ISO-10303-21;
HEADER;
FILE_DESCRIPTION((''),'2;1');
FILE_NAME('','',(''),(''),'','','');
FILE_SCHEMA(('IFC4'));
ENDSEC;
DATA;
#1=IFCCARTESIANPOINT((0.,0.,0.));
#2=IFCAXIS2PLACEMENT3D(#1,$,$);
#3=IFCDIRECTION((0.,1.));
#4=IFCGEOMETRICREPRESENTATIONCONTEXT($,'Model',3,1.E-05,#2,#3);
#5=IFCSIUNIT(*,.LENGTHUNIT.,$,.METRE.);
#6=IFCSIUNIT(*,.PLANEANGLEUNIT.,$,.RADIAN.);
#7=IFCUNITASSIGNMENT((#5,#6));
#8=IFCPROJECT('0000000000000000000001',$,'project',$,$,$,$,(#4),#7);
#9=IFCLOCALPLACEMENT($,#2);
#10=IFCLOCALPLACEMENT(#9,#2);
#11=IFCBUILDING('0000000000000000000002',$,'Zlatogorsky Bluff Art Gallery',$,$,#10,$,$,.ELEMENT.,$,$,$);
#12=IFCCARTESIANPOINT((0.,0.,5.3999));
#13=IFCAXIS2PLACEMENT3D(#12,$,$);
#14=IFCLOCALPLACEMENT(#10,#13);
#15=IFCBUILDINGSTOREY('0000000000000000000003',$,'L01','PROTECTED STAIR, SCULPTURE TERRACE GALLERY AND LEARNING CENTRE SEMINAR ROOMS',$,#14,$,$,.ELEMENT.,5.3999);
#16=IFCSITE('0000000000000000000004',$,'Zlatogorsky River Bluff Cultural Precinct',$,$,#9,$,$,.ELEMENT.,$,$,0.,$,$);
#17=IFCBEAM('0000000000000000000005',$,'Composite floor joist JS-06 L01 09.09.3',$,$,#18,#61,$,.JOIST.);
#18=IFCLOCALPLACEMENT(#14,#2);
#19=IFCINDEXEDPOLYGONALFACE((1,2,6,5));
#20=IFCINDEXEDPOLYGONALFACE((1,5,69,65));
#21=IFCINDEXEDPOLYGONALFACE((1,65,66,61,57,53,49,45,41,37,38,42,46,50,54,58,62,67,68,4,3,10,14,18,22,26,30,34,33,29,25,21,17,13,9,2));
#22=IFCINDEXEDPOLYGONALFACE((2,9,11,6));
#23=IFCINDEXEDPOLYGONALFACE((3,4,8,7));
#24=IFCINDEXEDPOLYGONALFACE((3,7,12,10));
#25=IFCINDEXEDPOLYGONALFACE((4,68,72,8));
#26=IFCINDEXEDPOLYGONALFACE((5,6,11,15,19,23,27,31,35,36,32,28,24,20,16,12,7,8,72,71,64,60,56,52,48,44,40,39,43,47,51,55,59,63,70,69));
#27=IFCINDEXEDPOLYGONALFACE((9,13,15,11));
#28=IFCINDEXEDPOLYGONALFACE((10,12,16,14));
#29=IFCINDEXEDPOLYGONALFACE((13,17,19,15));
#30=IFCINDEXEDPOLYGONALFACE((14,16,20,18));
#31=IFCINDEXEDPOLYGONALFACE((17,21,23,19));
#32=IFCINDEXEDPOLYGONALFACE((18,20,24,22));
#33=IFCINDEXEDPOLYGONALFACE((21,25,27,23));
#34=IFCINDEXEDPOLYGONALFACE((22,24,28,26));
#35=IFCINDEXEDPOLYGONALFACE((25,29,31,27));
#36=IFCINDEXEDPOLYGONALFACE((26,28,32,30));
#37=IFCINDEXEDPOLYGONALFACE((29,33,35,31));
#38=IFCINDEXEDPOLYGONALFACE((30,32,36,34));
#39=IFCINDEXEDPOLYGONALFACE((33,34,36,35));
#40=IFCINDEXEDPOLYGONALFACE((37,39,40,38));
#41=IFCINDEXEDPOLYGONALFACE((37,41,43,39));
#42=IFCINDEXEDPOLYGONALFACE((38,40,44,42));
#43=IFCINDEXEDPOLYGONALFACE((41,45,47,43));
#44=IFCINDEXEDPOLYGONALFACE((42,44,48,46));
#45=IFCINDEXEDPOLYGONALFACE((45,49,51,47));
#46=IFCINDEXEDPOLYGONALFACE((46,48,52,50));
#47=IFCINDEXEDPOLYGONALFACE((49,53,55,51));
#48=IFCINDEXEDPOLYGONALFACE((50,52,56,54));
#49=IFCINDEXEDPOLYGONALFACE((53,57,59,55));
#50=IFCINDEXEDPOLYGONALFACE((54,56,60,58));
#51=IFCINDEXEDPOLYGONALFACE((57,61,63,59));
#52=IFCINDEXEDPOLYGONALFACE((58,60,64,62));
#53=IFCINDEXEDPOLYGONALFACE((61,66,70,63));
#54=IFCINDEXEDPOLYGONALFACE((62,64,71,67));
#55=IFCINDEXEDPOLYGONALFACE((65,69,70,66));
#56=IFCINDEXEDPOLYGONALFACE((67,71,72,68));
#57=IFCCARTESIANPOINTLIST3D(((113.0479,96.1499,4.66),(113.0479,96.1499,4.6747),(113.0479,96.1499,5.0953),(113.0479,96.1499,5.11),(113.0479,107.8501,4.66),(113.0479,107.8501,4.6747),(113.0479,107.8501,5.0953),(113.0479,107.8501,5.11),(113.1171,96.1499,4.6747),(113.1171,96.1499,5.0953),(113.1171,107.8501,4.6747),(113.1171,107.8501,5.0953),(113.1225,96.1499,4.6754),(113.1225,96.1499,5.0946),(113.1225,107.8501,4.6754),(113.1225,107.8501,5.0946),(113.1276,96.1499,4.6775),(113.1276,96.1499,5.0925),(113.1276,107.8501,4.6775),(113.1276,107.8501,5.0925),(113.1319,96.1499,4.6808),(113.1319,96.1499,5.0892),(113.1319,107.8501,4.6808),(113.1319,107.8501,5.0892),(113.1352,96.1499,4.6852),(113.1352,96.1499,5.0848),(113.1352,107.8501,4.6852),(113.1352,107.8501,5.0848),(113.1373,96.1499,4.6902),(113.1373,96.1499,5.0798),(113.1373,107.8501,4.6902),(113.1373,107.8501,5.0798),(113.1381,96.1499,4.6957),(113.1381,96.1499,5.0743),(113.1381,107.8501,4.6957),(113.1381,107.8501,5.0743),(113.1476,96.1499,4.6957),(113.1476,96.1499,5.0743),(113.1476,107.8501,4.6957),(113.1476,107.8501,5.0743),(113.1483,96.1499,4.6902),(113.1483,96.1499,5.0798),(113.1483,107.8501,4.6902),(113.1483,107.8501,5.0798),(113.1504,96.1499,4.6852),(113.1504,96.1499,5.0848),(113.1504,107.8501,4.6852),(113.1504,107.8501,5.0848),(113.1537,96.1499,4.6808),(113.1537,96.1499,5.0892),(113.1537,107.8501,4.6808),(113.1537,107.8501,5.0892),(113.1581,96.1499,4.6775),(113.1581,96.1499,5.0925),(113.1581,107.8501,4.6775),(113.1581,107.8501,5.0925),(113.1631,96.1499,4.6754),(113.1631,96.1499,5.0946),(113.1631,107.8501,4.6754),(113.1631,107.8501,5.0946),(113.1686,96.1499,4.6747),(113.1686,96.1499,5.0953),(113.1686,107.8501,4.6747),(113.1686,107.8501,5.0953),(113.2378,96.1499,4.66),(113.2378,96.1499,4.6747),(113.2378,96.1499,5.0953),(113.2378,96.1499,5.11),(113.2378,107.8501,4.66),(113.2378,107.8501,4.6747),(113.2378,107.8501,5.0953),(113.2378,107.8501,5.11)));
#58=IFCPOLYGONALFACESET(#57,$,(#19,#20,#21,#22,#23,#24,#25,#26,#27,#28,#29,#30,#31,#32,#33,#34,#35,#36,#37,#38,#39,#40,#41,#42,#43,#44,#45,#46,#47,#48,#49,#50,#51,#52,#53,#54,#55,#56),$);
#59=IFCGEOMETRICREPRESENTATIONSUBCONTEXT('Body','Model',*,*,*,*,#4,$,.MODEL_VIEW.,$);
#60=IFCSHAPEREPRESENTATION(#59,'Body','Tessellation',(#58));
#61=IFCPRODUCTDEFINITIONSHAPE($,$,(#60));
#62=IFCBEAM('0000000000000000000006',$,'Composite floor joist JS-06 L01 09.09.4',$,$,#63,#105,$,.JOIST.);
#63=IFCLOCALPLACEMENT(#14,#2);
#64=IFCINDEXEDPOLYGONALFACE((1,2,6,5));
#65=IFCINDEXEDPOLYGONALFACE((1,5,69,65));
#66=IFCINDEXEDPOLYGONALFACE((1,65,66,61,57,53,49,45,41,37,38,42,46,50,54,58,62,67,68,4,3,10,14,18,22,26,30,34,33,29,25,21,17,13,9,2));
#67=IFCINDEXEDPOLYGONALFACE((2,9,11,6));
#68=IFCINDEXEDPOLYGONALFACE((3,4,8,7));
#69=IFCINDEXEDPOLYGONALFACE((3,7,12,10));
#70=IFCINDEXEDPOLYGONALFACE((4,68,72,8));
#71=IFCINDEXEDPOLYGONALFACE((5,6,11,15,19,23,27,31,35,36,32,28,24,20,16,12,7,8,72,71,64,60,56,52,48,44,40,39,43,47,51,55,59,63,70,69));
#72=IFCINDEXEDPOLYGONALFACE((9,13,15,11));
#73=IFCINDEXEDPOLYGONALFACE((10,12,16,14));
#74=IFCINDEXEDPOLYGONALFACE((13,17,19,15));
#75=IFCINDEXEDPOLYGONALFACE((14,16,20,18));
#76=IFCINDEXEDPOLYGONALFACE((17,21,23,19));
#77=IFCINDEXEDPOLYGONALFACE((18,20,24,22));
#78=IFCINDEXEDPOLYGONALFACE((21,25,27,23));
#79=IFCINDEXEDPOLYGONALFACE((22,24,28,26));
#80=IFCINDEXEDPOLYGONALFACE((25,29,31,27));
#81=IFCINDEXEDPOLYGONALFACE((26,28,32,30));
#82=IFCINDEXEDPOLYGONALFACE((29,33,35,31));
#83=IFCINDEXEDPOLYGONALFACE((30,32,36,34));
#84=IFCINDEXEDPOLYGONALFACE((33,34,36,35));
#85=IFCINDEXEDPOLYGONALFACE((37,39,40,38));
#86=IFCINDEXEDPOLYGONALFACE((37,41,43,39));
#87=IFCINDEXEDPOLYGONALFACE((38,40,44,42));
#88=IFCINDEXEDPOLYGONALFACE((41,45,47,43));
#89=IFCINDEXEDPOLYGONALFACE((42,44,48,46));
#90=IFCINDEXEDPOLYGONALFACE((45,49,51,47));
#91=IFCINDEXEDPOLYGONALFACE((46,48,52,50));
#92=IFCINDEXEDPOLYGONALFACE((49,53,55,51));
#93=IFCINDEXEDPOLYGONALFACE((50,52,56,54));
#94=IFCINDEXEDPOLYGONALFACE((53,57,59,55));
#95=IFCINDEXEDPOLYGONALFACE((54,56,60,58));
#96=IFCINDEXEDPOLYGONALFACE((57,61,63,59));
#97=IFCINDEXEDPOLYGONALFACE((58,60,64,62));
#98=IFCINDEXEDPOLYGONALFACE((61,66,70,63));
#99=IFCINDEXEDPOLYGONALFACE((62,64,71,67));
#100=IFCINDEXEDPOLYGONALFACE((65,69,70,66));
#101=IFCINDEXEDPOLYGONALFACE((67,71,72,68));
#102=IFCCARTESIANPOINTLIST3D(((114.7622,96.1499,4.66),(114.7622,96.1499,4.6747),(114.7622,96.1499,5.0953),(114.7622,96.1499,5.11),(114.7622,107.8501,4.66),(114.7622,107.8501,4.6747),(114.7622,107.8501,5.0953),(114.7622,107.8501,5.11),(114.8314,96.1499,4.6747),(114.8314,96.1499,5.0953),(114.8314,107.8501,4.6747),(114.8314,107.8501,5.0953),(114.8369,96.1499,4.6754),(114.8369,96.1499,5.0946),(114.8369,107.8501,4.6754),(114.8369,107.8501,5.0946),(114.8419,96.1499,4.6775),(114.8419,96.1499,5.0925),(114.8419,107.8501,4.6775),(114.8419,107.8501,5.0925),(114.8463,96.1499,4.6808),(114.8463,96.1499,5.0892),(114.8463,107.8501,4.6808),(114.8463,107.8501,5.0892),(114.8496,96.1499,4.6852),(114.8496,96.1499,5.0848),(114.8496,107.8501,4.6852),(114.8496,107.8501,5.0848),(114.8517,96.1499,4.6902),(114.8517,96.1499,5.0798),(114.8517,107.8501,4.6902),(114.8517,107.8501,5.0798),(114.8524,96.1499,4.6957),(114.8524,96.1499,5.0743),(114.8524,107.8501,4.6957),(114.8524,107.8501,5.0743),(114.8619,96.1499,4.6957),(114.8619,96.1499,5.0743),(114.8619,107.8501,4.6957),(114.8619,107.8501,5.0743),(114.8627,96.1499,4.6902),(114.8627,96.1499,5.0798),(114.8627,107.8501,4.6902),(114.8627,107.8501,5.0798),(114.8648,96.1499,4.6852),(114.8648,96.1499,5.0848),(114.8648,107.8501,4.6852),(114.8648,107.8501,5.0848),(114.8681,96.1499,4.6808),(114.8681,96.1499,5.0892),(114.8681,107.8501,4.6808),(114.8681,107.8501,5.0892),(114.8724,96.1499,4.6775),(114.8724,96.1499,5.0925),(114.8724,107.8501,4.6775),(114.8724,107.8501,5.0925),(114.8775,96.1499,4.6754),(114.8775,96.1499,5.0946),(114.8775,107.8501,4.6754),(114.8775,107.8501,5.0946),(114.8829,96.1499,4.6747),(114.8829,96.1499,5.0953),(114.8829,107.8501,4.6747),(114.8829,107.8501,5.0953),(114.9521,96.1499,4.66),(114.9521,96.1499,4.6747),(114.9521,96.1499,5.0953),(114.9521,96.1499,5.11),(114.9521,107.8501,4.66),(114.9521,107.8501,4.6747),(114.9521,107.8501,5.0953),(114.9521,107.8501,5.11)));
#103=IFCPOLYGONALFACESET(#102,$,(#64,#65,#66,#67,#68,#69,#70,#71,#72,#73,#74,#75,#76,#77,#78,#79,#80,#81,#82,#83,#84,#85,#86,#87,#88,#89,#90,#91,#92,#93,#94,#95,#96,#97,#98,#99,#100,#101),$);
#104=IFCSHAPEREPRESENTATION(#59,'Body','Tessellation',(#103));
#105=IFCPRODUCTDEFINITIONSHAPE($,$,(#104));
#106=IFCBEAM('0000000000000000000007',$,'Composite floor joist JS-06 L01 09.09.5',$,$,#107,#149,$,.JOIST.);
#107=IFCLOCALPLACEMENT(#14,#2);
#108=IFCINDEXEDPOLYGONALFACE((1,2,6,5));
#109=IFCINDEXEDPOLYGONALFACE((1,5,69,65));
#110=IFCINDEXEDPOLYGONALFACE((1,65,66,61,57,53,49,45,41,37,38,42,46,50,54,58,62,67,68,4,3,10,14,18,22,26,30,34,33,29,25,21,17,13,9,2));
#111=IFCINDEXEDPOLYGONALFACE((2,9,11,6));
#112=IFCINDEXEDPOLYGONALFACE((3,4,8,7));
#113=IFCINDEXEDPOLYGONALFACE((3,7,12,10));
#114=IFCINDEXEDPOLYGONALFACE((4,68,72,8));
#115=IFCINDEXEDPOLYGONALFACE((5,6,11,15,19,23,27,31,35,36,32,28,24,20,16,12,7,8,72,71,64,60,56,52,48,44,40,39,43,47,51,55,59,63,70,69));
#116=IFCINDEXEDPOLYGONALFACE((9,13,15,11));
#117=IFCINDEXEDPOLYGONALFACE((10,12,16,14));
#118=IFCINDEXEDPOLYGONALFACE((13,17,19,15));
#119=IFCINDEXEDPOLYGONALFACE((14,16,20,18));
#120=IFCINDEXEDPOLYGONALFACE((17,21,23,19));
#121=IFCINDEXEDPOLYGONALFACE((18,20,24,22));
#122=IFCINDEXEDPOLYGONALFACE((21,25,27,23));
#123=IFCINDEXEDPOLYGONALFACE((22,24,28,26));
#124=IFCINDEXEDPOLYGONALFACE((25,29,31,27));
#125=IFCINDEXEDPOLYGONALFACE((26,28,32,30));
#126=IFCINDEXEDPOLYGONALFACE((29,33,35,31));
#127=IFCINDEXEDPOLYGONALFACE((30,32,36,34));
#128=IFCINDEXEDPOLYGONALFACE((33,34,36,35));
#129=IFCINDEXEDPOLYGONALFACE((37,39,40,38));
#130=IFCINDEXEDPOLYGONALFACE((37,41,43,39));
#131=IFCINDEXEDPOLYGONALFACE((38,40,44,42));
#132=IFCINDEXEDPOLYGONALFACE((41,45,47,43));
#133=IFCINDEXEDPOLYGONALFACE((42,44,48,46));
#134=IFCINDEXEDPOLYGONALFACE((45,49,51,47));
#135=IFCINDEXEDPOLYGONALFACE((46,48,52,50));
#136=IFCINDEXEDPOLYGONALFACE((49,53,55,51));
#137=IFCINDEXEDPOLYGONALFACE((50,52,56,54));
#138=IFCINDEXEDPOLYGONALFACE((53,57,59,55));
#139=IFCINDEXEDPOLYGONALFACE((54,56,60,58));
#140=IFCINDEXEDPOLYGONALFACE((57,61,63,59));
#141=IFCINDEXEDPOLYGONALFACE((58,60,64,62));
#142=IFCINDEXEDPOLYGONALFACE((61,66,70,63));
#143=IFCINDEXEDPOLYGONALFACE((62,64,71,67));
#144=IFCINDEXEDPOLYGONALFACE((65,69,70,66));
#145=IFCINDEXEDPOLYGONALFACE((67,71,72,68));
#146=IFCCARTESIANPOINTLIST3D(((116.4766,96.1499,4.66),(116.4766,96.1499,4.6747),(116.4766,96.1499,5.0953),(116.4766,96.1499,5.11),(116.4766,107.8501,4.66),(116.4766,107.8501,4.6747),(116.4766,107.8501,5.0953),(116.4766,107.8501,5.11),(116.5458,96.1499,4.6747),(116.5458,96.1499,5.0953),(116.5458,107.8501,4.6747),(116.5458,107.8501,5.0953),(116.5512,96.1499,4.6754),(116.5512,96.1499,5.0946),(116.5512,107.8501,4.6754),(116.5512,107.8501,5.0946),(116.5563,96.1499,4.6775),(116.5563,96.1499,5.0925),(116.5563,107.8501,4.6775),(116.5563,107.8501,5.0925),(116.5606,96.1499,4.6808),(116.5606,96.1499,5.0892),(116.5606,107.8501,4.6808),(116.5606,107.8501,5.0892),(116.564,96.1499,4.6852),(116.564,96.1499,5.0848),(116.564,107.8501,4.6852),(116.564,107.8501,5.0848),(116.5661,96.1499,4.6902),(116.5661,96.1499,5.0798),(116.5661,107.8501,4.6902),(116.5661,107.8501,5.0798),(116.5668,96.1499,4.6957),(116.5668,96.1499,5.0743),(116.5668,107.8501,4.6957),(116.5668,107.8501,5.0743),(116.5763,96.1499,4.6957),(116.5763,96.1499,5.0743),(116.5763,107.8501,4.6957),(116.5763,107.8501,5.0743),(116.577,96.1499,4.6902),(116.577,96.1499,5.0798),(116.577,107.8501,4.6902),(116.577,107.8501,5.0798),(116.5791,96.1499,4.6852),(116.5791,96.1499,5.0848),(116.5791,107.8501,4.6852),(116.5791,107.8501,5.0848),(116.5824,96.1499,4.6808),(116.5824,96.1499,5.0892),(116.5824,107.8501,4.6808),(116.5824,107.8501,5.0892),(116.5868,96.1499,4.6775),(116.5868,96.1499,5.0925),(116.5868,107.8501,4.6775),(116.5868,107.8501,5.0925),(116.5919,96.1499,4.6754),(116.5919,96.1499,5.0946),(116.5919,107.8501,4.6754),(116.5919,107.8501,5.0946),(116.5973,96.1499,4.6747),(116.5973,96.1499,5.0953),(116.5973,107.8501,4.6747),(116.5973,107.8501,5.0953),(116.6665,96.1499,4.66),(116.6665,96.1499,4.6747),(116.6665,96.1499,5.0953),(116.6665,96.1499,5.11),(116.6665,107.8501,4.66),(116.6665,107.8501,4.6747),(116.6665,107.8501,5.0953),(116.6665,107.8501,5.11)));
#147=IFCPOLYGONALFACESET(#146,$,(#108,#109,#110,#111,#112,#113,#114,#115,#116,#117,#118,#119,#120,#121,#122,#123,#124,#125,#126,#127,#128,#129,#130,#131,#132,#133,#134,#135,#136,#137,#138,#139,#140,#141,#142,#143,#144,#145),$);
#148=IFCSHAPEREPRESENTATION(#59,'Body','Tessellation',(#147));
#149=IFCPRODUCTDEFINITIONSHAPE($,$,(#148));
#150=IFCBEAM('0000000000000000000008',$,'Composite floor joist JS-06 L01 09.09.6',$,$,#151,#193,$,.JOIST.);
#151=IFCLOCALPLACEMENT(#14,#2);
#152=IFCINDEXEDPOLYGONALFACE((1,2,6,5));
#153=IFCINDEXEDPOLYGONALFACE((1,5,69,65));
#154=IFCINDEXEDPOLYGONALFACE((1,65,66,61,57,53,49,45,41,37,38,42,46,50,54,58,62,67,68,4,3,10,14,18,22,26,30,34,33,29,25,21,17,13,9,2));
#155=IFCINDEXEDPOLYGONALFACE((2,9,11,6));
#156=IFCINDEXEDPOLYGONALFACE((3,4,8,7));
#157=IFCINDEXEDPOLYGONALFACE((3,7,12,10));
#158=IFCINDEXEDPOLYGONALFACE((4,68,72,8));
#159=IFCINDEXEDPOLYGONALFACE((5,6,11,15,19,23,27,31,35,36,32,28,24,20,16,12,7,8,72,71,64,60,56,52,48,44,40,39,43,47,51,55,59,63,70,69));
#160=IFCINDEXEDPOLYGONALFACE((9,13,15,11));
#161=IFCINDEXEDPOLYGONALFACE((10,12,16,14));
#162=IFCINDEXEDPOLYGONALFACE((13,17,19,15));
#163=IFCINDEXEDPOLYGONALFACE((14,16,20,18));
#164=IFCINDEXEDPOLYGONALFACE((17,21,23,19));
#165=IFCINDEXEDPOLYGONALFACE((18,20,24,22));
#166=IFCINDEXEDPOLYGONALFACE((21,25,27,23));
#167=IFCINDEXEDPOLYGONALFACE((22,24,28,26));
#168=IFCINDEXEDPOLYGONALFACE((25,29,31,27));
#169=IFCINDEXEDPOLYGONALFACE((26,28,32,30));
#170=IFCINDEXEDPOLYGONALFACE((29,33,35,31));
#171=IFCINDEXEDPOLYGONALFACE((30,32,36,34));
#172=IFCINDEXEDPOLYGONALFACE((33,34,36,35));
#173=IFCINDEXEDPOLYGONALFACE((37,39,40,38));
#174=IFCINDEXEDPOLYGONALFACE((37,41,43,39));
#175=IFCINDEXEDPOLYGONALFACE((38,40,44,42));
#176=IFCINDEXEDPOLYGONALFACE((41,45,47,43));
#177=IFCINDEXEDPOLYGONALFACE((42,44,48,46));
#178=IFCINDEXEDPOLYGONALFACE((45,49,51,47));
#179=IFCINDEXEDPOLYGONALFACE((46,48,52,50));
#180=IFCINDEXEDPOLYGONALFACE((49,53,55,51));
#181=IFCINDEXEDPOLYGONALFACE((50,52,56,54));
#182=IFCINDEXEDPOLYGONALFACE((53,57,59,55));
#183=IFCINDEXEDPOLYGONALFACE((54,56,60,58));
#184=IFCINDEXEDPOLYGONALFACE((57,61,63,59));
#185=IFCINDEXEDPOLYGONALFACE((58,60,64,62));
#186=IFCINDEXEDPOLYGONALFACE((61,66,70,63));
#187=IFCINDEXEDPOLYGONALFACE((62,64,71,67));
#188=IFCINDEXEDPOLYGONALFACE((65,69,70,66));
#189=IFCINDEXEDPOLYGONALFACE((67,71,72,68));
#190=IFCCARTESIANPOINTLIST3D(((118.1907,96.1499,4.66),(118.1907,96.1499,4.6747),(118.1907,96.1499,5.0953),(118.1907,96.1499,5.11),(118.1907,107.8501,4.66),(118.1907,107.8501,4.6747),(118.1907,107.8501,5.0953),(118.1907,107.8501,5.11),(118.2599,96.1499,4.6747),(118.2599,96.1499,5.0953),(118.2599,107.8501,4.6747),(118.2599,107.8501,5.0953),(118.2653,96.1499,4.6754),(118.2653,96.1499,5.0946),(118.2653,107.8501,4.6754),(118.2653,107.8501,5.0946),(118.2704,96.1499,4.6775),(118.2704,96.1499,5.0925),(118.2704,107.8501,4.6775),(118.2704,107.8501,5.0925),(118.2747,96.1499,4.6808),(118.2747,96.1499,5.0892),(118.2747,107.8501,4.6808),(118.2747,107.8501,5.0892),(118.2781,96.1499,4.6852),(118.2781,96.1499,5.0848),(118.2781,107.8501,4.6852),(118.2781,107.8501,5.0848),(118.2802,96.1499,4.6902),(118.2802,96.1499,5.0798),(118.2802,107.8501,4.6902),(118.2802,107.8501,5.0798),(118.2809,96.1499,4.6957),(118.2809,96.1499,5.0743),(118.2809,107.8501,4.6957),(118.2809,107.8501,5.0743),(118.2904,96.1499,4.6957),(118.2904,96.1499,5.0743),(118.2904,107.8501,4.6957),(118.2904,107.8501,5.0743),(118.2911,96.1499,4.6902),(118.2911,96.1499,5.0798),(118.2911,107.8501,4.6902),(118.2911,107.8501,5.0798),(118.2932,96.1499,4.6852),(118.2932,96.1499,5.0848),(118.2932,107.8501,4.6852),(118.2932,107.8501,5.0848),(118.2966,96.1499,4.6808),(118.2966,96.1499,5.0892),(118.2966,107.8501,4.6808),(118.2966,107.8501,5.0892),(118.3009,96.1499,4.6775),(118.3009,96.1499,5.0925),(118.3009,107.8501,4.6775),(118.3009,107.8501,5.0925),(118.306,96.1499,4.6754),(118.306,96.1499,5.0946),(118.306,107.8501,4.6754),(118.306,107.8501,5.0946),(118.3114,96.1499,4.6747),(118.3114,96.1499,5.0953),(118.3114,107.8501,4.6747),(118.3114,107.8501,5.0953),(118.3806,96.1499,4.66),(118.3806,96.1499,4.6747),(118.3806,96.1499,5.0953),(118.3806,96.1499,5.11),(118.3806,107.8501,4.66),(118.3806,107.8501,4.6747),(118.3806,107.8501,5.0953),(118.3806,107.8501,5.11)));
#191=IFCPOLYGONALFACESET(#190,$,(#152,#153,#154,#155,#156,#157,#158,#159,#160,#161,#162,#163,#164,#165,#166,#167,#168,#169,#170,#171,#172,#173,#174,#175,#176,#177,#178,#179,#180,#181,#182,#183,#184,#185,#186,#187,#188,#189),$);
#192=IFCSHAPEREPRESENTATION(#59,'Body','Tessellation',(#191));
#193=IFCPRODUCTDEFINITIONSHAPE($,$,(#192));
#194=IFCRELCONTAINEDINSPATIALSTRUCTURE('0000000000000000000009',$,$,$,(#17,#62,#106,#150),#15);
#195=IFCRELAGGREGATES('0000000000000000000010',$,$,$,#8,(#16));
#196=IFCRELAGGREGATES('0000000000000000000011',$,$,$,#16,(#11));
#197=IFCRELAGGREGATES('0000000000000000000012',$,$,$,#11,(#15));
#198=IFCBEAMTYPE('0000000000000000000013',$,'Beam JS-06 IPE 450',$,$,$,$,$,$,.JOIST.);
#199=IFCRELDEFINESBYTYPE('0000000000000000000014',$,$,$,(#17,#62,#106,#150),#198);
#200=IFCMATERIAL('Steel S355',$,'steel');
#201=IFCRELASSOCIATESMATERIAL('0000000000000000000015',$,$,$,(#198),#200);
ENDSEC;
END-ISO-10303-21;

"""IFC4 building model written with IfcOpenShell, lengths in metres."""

from ifc_helpers import new_model, si_unit, direction, frame, origin, origin_2d, place, context, subcontext, project, spatial, i_section, extrude, material, material_profile, profile_set, type_object, element, save


model = new_model("IFC4")

# Units and contexts
model_context = context("Model", 3, precision=1e-05, world=origin(), true_north=direction((0.0, 1.0)))
body_context = subcontext(model_context, "Body", "Model", "MODEL_VIEW")
ifc_project = project(units=[si_unit("LENGTHUNIT", "METRE"), si_unit("PLANEANGLEUNIT", "RADIAN")], contexts=[model_context])

# Site, building, storey
site_placement = place(None, origin())
site = spatial("IfcSite", under=ifc_project, at=site_placement, Name="Zlatogorsky River Bluff Cultural Precinct", CompositionType="ELEMENT", RefElevation=0.0)
building_placement = place(site_placement, origin())
building = spatial("IfcBuilding", under=site, at=building_placement, Name="Zlatogorsky Bluff Art Gallery", CompositionType="ELEMENT")
storey_placement = place(building_placement, frame((0.0, 0.0, 5.3999)))
storey = spatial("IfcBuildingStorey", under=building, at=storey_placement, Name="L01", Description="PROTECTED STAIR, SCULPTURE TERRACE GALLERY AND LEARNING CENTRE SEMINAR ROOMS", CompositionType="ELEMENT", Elevation=5.3999)

# Beams
ifc_material_1 = material(Name="Steel S355", Category="steel")
ifc_material_profile_1 = material_profile(ifc_material_1, i_section(OverallWidth=0.1899, OverallDepth=0.45, WebThickness=0.0095, FlangeThickness=0.0146, FilletRadius=0.021, at=origin_2d()), Name="IPE 450")
ifc_profile_set_1 = profile_set([ifc_material_profile_1], Name="Steel S355")
beam_type = type_object("IfcBeamType", Name="Beam JS-06 IPE 450", PredefinedType="JOIST", material=ifc_profile_set_1)
for number, where, z_axis, x_axis, name in (
    (1, (113.1428, 96.1499, 4.885), (0.0, 1.0, 0.0), (-1.0, 0.0, 0.0), "Composite floor joist JS-06 L01 09.09.3"),
    (2, (114.8572, 96.1499, 4.885), (0.0, 1.0, 0.0), (-1.0, 0.0, 0.0), "Composite floor joist JS-06 L01 09.09.4"),
    (3, (116.5715, 96.1499, 4.885), (0.0, 1.0, 0.0), (-1.0, 0.0, 0.0), "Composite floor joist JS-06 L01 09.09.5"),
    (4, (118.2856, 96.1499, 4.885), (0.0, 1.0, 0.0), (-1.0, 0.0, 0.0), "Composite floor joist JS-06 L01 09.09.6"),
):
    element("IfcBeam", number, at=place(storey_placement, frame(where, z_axis=z_axis, x_axis=x_axis)), inside=storey, type_object=beam_type, Name=name, PredefinedType="JOIST", context=body_context, shape_type="SweptSolid", body=[
        extrude(i_section(OverallWidth=0.1899, OverallDepth=0.45, WebThickness=0.0095, FlangeThickness=0.0146, FilletRadius=0.021, at=origin_2d()), origin(), (0.0, 0.0, 1.0), 11.7002),
    ])

save(model, "model.ifc")
